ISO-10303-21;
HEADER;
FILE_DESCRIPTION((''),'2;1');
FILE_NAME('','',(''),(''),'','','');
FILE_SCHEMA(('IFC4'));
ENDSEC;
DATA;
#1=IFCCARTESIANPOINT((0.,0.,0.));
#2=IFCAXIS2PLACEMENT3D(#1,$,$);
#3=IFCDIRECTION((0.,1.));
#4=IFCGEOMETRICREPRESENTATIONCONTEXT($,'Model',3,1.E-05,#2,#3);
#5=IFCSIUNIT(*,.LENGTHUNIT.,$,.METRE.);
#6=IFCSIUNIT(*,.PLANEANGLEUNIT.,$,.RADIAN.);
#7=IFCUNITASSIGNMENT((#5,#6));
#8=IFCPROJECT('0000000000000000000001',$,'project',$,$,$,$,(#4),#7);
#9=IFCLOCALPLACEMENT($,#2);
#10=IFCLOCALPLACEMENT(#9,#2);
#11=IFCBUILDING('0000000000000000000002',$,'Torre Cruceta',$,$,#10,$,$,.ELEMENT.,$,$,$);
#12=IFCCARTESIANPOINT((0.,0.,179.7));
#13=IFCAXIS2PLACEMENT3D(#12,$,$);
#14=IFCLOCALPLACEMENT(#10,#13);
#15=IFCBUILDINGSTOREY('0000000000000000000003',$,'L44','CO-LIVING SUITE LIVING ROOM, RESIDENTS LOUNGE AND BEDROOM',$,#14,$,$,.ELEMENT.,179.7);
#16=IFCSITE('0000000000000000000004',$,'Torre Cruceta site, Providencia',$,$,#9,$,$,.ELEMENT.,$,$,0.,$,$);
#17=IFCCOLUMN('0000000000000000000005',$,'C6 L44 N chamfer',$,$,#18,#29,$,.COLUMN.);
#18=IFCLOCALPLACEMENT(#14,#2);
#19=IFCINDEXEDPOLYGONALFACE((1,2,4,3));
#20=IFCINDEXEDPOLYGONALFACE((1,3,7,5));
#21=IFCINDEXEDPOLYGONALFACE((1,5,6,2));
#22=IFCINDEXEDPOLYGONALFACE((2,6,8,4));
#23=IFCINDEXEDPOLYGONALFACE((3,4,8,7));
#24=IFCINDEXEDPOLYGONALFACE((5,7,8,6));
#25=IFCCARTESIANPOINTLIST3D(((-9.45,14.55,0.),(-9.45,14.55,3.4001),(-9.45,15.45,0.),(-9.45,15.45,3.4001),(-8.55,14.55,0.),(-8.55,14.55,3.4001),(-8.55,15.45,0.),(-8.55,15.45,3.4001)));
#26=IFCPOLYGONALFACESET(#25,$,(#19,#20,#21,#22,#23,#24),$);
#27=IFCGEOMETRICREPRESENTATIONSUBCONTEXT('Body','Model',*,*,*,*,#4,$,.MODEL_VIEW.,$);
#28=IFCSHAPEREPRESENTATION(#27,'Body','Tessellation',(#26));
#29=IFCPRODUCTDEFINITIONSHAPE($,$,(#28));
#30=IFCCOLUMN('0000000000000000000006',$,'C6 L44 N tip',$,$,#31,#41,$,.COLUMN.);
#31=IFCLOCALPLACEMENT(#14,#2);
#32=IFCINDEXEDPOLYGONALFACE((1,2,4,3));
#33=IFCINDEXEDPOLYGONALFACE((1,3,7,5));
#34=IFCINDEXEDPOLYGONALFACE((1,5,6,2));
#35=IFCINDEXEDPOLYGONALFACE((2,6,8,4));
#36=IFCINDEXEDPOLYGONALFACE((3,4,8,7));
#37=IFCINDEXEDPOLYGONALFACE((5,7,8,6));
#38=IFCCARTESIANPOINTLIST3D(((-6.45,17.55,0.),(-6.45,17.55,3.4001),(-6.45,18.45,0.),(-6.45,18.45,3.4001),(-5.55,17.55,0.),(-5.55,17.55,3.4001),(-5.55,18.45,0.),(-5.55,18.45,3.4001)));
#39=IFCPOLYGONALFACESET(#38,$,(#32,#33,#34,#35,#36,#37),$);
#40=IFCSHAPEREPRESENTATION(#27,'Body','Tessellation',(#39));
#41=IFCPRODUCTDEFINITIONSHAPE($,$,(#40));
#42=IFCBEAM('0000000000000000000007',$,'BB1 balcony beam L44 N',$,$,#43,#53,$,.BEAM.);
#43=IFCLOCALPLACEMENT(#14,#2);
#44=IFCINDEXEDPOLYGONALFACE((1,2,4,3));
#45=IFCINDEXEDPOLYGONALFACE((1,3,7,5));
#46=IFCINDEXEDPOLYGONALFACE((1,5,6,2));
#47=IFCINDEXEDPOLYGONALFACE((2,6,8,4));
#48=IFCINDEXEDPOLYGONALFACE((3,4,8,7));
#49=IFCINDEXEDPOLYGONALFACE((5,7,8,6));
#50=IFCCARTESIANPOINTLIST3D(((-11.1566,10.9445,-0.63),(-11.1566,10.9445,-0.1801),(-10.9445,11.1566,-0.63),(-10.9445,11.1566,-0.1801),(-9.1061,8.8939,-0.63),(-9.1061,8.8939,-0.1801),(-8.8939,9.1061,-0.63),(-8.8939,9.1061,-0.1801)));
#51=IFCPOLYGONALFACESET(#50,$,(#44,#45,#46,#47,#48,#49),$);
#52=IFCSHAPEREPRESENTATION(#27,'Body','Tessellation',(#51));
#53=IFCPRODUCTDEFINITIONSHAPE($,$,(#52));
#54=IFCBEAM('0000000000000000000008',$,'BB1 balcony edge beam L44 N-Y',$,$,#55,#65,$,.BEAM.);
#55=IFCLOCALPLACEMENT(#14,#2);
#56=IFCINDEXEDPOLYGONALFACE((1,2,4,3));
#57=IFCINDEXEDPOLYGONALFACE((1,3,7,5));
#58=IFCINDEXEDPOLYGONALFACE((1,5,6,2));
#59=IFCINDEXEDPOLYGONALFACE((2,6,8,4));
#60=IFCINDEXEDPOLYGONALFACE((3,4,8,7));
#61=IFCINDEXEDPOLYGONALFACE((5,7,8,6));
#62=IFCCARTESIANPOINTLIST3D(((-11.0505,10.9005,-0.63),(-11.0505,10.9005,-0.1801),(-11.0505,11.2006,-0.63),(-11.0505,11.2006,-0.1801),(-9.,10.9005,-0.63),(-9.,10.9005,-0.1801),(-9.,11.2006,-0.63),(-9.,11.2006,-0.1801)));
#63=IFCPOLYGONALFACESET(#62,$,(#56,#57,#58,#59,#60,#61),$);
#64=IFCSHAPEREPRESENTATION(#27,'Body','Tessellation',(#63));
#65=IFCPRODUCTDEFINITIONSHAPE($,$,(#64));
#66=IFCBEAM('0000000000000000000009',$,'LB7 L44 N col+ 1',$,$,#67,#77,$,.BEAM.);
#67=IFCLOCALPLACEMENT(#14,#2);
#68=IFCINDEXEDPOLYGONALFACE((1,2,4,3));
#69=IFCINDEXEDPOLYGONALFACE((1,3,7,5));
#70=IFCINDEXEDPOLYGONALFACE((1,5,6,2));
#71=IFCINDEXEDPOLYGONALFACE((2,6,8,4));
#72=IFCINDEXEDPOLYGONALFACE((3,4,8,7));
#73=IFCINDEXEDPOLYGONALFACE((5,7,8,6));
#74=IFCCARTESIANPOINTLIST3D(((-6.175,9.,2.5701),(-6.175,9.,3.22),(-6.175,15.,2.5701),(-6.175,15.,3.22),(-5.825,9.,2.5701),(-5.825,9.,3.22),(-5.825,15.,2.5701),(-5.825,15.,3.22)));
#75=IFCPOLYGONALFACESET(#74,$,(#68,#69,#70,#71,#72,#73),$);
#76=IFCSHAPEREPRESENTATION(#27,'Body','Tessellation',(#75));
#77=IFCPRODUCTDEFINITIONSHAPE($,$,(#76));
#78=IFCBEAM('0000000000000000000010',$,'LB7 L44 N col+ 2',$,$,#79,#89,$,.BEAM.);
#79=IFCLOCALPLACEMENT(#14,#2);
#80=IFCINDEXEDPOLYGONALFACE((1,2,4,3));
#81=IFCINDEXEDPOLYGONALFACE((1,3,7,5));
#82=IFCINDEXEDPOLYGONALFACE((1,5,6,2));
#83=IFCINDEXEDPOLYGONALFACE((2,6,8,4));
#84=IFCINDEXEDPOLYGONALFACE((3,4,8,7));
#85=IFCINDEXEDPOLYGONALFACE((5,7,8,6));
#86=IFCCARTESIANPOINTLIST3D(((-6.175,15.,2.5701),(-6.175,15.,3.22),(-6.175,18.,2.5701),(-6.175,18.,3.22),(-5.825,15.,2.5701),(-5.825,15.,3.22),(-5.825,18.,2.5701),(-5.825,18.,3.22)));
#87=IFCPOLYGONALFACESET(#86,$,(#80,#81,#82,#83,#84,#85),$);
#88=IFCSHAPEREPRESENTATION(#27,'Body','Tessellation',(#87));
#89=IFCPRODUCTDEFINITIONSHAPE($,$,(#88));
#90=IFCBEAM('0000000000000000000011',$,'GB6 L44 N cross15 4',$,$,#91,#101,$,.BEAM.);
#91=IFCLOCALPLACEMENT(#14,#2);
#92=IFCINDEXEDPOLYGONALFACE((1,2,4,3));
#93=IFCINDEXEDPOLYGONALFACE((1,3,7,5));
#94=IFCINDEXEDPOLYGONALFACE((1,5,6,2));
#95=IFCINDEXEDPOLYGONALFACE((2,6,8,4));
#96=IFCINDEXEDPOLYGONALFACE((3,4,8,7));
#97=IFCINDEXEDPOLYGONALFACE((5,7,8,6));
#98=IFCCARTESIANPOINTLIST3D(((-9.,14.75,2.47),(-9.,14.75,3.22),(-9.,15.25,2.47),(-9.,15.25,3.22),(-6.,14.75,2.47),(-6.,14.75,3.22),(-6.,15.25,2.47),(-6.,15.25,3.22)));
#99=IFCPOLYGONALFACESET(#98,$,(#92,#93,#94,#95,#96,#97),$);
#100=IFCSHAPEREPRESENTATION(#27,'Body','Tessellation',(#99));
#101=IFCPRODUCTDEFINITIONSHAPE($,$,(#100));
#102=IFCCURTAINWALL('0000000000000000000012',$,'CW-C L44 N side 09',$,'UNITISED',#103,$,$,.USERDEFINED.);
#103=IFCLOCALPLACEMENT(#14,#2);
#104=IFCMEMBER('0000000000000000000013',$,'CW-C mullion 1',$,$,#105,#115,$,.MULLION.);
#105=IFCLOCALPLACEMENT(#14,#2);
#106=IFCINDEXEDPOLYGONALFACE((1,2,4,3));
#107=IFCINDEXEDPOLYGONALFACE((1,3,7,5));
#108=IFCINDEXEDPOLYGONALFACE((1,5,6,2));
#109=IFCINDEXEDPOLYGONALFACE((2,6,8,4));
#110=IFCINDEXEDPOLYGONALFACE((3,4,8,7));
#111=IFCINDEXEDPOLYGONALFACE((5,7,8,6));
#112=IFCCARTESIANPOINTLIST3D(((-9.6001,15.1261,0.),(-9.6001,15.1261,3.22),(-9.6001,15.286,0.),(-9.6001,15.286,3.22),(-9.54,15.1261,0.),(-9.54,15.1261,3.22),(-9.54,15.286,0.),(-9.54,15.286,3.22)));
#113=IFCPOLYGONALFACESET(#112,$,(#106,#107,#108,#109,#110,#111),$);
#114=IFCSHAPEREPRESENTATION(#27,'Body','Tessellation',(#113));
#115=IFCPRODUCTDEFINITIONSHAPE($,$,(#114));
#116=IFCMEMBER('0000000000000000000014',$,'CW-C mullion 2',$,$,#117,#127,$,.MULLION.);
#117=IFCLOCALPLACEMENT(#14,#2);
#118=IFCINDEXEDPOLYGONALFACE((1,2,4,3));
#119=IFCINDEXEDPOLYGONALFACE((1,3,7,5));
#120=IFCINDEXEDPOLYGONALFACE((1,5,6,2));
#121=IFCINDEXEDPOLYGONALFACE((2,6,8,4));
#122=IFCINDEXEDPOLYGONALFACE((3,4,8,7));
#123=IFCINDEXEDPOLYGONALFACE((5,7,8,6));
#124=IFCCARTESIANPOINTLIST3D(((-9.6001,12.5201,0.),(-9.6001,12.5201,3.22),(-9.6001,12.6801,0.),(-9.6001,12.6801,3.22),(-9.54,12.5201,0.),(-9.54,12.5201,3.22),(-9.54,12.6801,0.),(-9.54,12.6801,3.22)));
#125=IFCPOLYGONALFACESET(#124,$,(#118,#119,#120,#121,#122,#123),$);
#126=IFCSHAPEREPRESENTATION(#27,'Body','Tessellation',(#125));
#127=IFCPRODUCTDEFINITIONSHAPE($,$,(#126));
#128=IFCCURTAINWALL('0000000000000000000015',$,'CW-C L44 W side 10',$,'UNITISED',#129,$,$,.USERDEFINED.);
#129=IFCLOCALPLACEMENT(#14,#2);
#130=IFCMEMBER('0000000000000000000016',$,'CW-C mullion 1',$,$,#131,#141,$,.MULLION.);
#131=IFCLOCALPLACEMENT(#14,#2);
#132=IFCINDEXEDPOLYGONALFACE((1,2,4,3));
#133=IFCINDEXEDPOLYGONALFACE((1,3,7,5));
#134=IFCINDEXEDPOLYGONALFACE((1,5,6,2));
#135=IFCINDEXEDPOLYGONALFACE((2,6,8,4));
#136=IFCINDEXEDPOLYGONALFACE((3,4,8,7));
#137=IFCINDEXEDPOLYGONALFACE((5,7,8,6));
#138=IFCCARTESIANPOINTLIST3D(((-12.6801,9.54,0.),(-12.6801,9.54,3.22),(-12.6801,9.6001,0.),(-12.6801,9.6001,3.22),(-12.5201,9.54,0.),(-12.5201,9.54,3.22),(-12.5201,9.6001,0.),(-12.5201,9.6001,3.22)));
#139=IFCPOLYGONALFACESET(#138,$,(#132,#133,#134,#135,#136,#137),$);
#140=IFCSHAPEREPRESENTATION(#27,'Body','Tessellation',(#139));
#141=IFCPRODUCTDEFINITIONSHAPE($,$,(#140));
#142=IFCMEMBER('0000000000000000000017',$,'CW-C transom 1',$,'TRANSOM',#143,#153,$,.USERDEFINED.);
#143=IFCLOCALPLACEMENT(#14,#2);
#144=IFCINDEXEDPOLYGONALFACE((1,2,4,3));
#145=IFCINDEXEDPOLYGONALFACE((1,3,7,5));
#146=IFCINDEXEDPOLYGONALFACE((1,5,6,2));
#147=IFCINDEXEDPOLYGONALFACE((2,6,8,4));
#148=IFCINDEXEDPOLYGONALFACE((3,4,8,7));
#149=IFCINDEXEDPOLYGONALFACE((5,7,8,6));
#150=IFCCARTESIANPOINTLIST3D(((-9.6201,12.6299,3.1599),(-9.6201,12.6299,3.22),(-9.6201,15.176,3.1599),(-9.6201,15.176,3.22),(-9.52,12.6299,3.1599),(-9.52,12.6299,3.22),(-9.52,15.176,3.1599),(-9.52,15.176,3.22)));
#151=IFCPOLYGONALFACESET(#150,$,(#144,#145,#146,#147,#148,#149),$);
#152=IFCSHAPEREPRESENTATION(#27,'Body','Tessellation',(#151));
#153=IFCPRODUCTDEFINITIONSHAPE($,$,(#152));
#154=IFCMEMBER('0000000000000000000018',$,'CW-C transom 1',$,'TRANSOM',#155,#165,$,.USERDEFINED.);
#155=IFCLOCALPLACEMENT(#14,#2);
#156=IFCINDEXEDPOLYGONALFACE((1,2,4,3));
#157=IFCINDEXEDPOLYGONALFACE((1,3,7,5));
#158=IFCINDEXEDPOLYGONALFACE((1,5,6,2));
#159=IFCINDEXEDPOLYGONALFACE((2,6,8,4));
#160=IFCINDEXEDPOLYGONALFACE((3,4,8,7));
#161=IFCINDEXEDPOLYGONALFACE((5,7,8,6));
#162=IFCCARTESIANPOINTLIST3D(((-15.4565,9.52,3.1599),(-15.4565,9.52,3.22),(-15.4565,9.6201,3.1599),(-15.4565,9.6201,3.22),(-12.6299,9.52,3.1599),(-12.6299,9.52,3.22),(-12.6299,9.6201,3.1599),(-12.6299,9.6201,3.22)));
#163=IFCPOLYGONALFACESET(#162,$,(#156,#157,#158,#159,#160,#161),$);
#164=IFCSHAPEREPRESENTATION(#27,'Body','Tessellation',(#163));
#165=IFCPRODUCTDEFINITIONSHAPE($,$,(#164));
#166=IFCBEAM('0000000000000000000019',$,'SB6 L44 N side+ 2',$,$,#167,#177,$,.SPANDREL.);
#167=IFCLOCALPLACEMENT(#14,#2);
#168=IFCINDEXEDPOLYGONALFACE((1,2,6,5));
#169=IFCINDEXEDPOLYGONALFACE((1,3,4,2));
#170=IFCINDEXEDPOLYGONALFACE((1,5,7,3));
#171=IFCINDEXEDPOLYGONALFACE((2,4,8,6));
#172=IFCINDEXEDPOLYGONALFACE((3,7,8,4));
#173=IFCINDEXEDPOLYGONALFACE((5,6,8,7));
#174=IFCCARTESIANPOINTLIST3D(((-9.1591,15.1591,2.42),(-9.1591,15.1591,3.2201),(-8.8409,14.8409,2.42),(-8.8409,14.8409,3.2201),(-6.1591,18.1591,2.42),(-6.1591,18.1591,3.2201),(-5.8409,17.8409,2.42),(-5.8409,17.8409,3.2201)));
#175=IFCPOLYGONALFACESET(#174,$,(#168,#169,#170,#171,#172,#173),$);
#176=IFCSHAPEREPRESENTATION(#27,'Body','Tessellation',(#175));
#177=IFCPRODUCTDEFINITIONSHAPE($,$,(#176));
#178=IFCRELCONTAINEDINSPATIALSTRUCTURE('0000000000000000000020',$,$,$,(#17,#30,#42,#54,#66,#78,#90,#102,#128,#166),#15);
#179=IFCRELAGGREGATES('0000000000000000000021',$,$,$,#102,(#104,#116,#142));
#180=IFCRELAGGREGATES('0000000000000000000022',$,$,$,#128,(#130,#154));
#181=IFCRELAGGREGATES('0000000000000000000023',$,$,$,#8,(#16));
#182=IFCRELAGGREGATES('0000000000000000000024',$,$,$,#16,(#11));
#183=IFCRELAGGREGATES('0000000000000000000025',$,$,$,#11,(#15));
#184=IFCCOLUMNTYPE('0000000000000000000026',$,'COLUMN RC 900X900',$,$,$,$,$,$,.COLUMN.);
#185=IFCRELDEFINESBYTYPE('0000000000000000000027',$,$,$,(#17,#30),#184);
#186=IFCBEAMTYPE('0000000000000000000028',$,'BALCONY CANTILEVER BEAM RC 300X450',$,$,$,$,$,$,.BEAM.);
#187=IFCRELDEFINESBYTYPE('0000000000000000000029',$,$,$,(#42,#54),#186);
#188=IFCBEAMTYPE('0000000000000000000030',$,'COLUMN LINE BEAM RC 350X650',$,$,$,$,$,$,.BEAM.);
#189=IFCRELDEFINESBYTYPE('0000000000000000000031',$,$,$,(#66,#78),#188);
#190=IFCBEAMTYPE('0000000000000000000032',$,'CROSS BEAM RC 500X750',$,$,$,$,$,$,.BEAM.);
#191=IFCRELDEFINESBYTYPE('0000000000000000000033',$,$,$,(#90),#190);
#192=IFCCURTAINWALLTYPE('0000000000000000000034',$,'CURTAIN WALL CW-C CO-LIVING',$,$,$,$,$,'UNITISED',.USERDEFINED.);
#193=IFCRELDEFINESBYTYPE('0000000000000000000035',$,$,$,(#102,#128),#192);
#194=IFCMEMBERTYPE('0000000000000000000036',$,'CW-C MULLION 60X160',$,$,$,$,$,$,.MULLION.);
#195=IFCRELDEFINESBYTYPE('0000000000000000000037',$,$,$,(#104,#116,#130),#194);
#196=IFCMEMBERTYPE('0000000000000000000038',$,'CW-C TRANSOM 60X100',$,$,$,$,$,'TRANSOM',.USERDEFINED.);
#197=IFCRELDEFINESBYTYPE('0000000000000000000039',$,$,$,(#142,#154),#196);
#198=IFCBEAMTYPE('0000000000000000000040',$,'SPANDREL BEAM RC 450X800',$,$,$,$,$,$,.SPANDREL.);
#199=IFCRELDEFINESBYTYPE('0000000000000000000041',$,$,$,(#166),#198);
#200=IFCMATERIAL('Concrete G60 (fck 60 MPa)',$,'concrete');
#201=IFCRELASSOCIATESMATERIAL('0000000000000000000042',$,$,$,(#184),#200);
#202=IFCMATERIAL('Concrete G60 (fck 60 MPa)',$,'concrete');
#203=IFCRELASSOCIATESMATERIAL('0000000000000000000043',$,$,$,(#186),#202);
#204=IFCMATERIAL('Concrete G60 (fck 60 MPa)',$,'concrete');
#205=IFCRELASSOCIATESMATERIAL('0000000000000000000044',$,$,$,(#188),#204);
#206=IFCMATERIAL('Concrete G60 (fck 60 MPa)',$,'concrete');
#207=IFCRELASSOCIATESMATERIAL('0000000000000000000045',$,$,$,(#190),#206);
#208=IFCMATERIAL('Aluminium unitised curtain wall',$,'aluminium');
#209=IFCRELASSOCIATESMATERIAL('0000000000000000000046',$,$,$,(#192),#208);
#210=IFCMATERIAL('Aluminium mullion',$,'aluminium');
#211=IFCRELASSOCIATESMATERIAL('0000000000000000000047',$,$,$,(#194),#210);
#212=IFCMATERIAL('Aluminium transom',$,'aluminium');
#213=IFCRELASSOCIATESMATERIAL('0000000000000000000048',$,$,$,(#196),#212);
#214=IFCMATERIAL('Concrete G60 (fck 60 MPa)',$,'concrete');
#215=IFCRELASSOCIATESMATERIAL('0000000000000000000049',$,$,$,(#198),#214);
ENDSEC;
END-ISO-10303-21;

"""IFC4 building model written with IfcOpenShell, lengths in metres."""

from ifc_helpers import new_model, si_unit, direction, frame, origin, origin_2d, place, context, subcontext, project, spatial, rectangle, extrude, material, material_profile, profile_set, type_object, element, aggregate, save


model = new_model("IFC4")

# Units and contexts
model_context = context("Model", 3, precision=1e-05, world=origin(), true_north=direction((0.0, 1.0)))
body_context = subcontext(model_context, "Body", "Model", "MODEL_VIEW")
ifc_project = project(units=[si_unit("LENGTHUNIT", "METRE"), si_unit("PLANEANGLEUNIT", "RADIAN")], contexts=[model_context])

# Site, building, storey
site_placement = place(None, origin())
site = spatial("IfcSite", under=ifc_project, at=site_placement, Name="Torre Cruceta site, Providencia", CompositionType="ELEMENT", RefElevation=0.0)
building_placement = place(site_placement, origin())
building = spatial("IfcBuilding", under=site, at=building_placement, Name="Torre Cruceta", CompositionType="ELEMENT")
storey_placement = place(building_placement, frame((0.0, 0.0, 179.7)))
storey = spatial("IfcBuildingStorey", under=building, at=storey_placement, Name="L44", Description="CO-LIVING SUITE LIVING ROOM, RESIDENTS LOUNGE AND BEDROOM", CompositionType="ELEMENT", Elevation=179.7)

# Columns
ifc_material_1 = material(Name="Concrete G60 (fck 60 MPa)", Category="concrete")
ifc_material_profile_1 = material_profile(ifc_material_1, rectangle(XDim=0.8999, YDim=0.8999, at=origin_2d()), Name="RC 900X900")
ifc_profile_set_1 = profile_set([ifc_material_profile_1], Name="Concrete G60 (fck 60 MPa)")
column_type = type_object("IfcColumnType", Name="COLUMN RC 900X900", PredefinedType="COLUMN", material=ifc_profile_set_1)
for number, where, z_axis, x_axis, name in (
    (1, (-9.0, 15.0, 0.0), (0.0, 0.0, 1.0), (1.0, 0.0, 0.0), "C6 L44 N chamfer"),
    (2, (-6.0, 18.0, 0.0), (0.0, 0.0, 1.0), (1.0, 0.0, 0.0), "C6 L44 N tip"),
):
    element("IfcColumn", number, at=place(storey_placement, frame(where, z_axis=z_axis, x_axis=x_axis)), inside=storey, type_object=column_type, Name=name, PredefinedType="COLUMN", context=body_context, shape_type="SweptSolid", body=[
        extrude(rectangle(XDim=0.8999, YDim=0.8999, at=origin_2d()), origin(), (0.0, 0.0, 1.0), 3.4001),
    ])

# Beams
ifc_material_2 = material(Name="Concrete G60 (fck 60 MPa)", Category="concrete")
ifc_material_profile_2 = material_profile(ifc_material_2, rectangle(XDim=0.3, YDim=0.45, at=origin_2d()), Name="RC 300X450")
ifc_profile_set_2 = profile_set([ifc_material_profile_2], Name="Concrete G60 (fck 60 MPa)")
beam_type_1 = type_object("IfcBeamType", Name="BALCONY CANTILEVER BEAM RC 300X450", PredefinedType="BEAM", material=ifc_profile_set_2)
beam_1_placement = place(storey_placement, frame((-9.0, 9.0, -0.405), z_axis=(-0.707107, 0.707107, 0.0), x_axis=(-0.707107, -0.707107, 0.0)))
element("IfcBeam", 3, at=beam_1_placement, inside=storey, type_object=beam_type_1, Name="BB1 balcony beam L44 N", PredefinedType="BEAM", context=body_context, shape_type="SweptSolid", body=[
    extrude(rectangle(XDim=0.3, YDim=0.45, at=origin_2d()), origin(), (0.0, 0.0, 1.0), 2.8999),
])
beam_2_placement = place(storey_placement, frame((-9.0, 11.0505, -0.405), z_axis=(-1.0, 0.0, 0.0), x_axis=(0.0, -1.0, 0.0)))
element("IfcBeam", 4, at=beam_2_placement, inside=storey, type_object=beam_type_1, Name="BB1 balcony edge beam L44 N-Y", PredefinedType="BEAM", context=body_context, shape_type="SweptSolid", body=[
    extrude(rectangle(XDim=0.3, YDim=0.45, at=origin_2d()), origin(), (0.0, 0.0, 1.0), 2.0505),
])
ifc_material_3 = material(Name="Concrete G60 (fck 60 MPa)", Category="concrete")
ifc_material_profile_3 = material_profile(ifc_material_3, rectangle(XDim=0.3501, YDim=0.6499, at=origin_2d()), Name="RC 350X650")
ifc_profile_set_3 = profile_set([ifc_material_profile_3], Name="Concrete G60 (fck 60 MPa)")
beam_type_2 = type_object("IfcBeamType", Name="COLUMN LINE BEAM RC 350X650", PredefinedType="BEAM", material=ifc_profile_set_3)
beam_3_placement = place(storey_placement, frame((-6.0, 9.0, 2.895), z_axis=(0.0, 1.0, 0.0), x_axis=(-1.0, 0.0, 0.0)))
element("IfcBeam", 5, at=beam_3_placement, inside=storey, type_object=beam_type_2, Name="LB7 L44 N col+ 1", PredefinedType="BEAM", context=body_context, shape_type="SweptSolid", body=[
    extrude(rectangle(XDim=0.3501, YDim=0.6499, at=origin_2d()), origin(), (0.0, 0.0, 1.0), 6.0),
])
beam_4_placement = place(storey_placement, frame((-6.0, 15.0, 2.895), z_axis=(0.0, 1.0, 0.0), x_axis=(-1.0, 0.0, 0.0)))
element("IfcBeam", 6, at=beam_4_placement, inside=storey, type_object=beam_type_2, Name="LB7 L44 N col+ 2", PredefinedType="BEAM", context=body_context, shape_type="SweptSolid", body=[
    extrude(rectangle(XDim=0.3501, YDim=0.6499, at=origin_2d()), origin(), (0.0, 0.0, 1.0), 3.0),
])
ifc_material_4 = material(Name="Concrete G60 (fck 60 MPa)", Category="concrete")
ifc_material_profile_4 = material_profile(ifc_material_4, rectangle(XDim=0.5, YDim=0.75, at=origin_2d()), Name="RC 500X750")
ifc_profile_set_4 = profile_set([ifc_material_profile_4], Name="Concrete G60 (fck 60 MPa)")
beam_type_3 = type_object("IfcBeamType", Name="CROSS BEAM RC 500X750", PredefinedType="BEAM", material=ifc_profile_set_4)
beam_5_placement = place(storey_placement, frame((-6.0, 15.0, 2.845), z_axis=(-1.0, 0.0, 0.0), x_axis=(0.0, -1.0, 0.0)))
element("IfcBeam", 7, at=beam_5_placement, inside=storey, type_object=beam_type_3, Name="GB6 L44 N cross15 4", PredefinedType="BEAM", context=body_context, shape_type="SweptSolid", body=[
    extrude(rectangle(XDim=0.5, YDim=0.75, at=origin_2d()), origin(), (0.0, 0.0, 1.0), 3.0),
])

# Curtain wall, members
ifc_material_5 = material(Name="Aluminium unitised curtain wall", Category="aluminium")
curtain_wall_type = type_object("IfcCurtainWallType", Name="CURTAIN WALL CW-C CO-LIVING", ElementType="UNITISED", PredefinedType="USERDEFINED", material=ifc_material_5)
curtain_wall_1_placement = place(storey_placement, origin())
curtain_wall_1 = element("IfcCurtainWall", 8, at=curtain_wall_1_placement, inside=storey, type_object=curtain_wall_type, Name="CW-C L44 N side 09", ObjectType="UNITISED", PredefinedType="USERDEFINED")
ifc_material_6 = material(Name="Aluminium mullion", Category="aluminium")
ifc_material_profile_5 = material_profile(ifc_material_6, rectangle(XDim=0.0601, YDim=0.1599, at=origin_2d()), Name="AL 60X160")
ifc_profile_set_5 = profile_set([ifc_material_profile_5], Name="Aluminium mullion")
member_type_1 = type_object("IfcMemberType", Name="CW-C MULLION 60X160", PredefinedType="MULLION", material=ifc_profile_set_5)
member_1_placement = place(storey_placement, frame((-9.5701, 15.2061, 0.0), z_axis=(0.0, 0.0, 1.0), x_axis=(1.0, 0.0, 0.0)))
member_1 = element("IfcMember", 9, at=member_1_placement, type_object=member_type_1, Name="CW-C mullion 1", PredefinedType="MULLION", context=body_context, shape_type="SweptSolid", body=[
    extrude(rectangle(XDim=0.0601, YDim=0.1599, at=origin_2d()), origin(), (0.0, 0.0, 1.0), 3.22),
])
member_2_placement = place(storey_placement, frame((-9.5701, 12.6001, 0.0), z_axis=(0.0, 0.0, 1.0), x_axis=(1.0, 0.0, 0.0)))
member_2 = element("IfcMember", 10, at=member_2_placement, type_object=member_type_1, Name="CW-C mullion 2", PredefinedType="MULLION", context=body_context, shape_type="SweptSolid", body=[
    extrude(rectangle(XDim=0.0601, YDim=0.1599, at=origin_2d()), origin(), (0.0, 0.0, 1.0), 3.22),
])

# Curtain wall, member
curtain_wall_2_placement = place(storey_placement, origin())
curtain_wall_2 = element("IfcCurtainWall", 11, at=curtain_wall_2_placement, inside=storey, type_object=curtain_wall_type, Name="CW-C L44 W side 10", ObjectType="UNITISED", PredefinedType="USERDEFINED")
member_3_placement = place(storey_placement, frame((-12.6001, 9.5701, 0.0), z_axis=(0.0, 0.0, 1.0), x_axis=(0.0, -1.0, 0.0)))
member_3 = element("IfcMember", 12, at=member_3_placement, type_object=member_type_1, Name="CW-C mullion 1", PredefinedType="MULLION", context=body_context, shape_type="SweptSolid", body=[
    extrude(rectangle(XDim=0.0601, YDim=0.1599, at=origin_2d()), origin(), (0.0, 0.0, 1.0), 3.22),
])

# Members
ifc_material_7 = material(Name="Aluminium transom", Category="aluminium")
ifc_material_profile_6 = material_profile(ifc_material_7, rectangle(XDim=0.1001, YDim=0.0601, at=origin_2d()), Name="AL 100X60")
ifc_profile_set_6 = profile_set([ifc_material_profile_6], Name="Aluminium transom")
member_type_2 = type_object("IfcMemberType", Name="CW-C TRANSOM 60X100", ElementType="TRANSOM", PredefinedType="USERDEFINED", material=ifc_profile_set_6)
member_4_placement = place(storey_placement, frame((-9.5701, 15.176, 3.1899), z_axis=(0.0, -1.0, 0.0), x_axis=(1.0, 0.0, 0.0)))
member_4 = element("IfcMember", 13, at=member_4_placement, type_object=member_type_2, Name="CW-C transom 1", ObjectType="TRANSOM", PredefinedType="USERDEFINED", context=body_context, shape_type="SweptSolid", body=[
    extrude(rectangle(XDim=0.1001, YDim=0.0601, at=origin_2d()), origin(), (0.0, 0.0, 1.0), 2.5461),
])
member_5_placement = place(storey_placement, frame((-12.6299, 9.5701, 3.1899), z_axis=(-1.0, 0.0, 0.0), x_axis=(0.0, -1.0, 0.0)))
member_5 = element("IfcMember", 14, at=member_5_placement, type_object=member_type_2, Name="CW-C transom 1", ObjectType="TRANSOM", PredefinedType="USERDEFINED", context=body_context, shape_type="SweptSolid", body=[
    extrude(rectangle(XDim=0.1001, YDim=0.0601, at=origin_2d()), origin(), (0.0, 0.0, 1.0), 2.8267),
])

# Beam
ifc_material_8 = material(Name="Concrete G60 (fck 60 MPa)", Category="concrete")
ifc_material_profile_7 = material_profile(ifc_material_8, rectangle(XDim=0.45, YDim=0.8, at=origin_2d()), Name="RC 450X800")
ifc_profile_set_7 = profile_set([ifc_material_profile_7], Name="Concrete G60 (fck 60 MPa)")
beam_type_4 = type_object("IfcBeamType", Name="SPANDREL BEAM RC 450X800", PredefinedType="SPANDREL", material=ifc_profile_set_7)
beam_6_placement = place(storey_placement, frame((-9.0, 15.0, 2.8201), z_axis=(0.707107, 0.707107, 0.0), x_axis=(-0.707107, 0.707107, 0.0)))
element("IfcBeam", 15, at=beam_6_placement, inside=storey, type_object=beam_type_4, Name="SB6 L44 N side+ 2", PredefinedType="SPANDREL", context=body_context, shape_type="SweptSolid", body=[
    extrude(rectangle(XDim=0.45, YDim=0.8, at=origin_2d()), origin(), (0.0, 0.0, 1.0), 4.2427),
])

aggregate(curtain_wall_1, [member_1, member_2, member_4])
aggregate(curtain_wall_2, [member_3, member_5])

save(model, "model.ifc")
